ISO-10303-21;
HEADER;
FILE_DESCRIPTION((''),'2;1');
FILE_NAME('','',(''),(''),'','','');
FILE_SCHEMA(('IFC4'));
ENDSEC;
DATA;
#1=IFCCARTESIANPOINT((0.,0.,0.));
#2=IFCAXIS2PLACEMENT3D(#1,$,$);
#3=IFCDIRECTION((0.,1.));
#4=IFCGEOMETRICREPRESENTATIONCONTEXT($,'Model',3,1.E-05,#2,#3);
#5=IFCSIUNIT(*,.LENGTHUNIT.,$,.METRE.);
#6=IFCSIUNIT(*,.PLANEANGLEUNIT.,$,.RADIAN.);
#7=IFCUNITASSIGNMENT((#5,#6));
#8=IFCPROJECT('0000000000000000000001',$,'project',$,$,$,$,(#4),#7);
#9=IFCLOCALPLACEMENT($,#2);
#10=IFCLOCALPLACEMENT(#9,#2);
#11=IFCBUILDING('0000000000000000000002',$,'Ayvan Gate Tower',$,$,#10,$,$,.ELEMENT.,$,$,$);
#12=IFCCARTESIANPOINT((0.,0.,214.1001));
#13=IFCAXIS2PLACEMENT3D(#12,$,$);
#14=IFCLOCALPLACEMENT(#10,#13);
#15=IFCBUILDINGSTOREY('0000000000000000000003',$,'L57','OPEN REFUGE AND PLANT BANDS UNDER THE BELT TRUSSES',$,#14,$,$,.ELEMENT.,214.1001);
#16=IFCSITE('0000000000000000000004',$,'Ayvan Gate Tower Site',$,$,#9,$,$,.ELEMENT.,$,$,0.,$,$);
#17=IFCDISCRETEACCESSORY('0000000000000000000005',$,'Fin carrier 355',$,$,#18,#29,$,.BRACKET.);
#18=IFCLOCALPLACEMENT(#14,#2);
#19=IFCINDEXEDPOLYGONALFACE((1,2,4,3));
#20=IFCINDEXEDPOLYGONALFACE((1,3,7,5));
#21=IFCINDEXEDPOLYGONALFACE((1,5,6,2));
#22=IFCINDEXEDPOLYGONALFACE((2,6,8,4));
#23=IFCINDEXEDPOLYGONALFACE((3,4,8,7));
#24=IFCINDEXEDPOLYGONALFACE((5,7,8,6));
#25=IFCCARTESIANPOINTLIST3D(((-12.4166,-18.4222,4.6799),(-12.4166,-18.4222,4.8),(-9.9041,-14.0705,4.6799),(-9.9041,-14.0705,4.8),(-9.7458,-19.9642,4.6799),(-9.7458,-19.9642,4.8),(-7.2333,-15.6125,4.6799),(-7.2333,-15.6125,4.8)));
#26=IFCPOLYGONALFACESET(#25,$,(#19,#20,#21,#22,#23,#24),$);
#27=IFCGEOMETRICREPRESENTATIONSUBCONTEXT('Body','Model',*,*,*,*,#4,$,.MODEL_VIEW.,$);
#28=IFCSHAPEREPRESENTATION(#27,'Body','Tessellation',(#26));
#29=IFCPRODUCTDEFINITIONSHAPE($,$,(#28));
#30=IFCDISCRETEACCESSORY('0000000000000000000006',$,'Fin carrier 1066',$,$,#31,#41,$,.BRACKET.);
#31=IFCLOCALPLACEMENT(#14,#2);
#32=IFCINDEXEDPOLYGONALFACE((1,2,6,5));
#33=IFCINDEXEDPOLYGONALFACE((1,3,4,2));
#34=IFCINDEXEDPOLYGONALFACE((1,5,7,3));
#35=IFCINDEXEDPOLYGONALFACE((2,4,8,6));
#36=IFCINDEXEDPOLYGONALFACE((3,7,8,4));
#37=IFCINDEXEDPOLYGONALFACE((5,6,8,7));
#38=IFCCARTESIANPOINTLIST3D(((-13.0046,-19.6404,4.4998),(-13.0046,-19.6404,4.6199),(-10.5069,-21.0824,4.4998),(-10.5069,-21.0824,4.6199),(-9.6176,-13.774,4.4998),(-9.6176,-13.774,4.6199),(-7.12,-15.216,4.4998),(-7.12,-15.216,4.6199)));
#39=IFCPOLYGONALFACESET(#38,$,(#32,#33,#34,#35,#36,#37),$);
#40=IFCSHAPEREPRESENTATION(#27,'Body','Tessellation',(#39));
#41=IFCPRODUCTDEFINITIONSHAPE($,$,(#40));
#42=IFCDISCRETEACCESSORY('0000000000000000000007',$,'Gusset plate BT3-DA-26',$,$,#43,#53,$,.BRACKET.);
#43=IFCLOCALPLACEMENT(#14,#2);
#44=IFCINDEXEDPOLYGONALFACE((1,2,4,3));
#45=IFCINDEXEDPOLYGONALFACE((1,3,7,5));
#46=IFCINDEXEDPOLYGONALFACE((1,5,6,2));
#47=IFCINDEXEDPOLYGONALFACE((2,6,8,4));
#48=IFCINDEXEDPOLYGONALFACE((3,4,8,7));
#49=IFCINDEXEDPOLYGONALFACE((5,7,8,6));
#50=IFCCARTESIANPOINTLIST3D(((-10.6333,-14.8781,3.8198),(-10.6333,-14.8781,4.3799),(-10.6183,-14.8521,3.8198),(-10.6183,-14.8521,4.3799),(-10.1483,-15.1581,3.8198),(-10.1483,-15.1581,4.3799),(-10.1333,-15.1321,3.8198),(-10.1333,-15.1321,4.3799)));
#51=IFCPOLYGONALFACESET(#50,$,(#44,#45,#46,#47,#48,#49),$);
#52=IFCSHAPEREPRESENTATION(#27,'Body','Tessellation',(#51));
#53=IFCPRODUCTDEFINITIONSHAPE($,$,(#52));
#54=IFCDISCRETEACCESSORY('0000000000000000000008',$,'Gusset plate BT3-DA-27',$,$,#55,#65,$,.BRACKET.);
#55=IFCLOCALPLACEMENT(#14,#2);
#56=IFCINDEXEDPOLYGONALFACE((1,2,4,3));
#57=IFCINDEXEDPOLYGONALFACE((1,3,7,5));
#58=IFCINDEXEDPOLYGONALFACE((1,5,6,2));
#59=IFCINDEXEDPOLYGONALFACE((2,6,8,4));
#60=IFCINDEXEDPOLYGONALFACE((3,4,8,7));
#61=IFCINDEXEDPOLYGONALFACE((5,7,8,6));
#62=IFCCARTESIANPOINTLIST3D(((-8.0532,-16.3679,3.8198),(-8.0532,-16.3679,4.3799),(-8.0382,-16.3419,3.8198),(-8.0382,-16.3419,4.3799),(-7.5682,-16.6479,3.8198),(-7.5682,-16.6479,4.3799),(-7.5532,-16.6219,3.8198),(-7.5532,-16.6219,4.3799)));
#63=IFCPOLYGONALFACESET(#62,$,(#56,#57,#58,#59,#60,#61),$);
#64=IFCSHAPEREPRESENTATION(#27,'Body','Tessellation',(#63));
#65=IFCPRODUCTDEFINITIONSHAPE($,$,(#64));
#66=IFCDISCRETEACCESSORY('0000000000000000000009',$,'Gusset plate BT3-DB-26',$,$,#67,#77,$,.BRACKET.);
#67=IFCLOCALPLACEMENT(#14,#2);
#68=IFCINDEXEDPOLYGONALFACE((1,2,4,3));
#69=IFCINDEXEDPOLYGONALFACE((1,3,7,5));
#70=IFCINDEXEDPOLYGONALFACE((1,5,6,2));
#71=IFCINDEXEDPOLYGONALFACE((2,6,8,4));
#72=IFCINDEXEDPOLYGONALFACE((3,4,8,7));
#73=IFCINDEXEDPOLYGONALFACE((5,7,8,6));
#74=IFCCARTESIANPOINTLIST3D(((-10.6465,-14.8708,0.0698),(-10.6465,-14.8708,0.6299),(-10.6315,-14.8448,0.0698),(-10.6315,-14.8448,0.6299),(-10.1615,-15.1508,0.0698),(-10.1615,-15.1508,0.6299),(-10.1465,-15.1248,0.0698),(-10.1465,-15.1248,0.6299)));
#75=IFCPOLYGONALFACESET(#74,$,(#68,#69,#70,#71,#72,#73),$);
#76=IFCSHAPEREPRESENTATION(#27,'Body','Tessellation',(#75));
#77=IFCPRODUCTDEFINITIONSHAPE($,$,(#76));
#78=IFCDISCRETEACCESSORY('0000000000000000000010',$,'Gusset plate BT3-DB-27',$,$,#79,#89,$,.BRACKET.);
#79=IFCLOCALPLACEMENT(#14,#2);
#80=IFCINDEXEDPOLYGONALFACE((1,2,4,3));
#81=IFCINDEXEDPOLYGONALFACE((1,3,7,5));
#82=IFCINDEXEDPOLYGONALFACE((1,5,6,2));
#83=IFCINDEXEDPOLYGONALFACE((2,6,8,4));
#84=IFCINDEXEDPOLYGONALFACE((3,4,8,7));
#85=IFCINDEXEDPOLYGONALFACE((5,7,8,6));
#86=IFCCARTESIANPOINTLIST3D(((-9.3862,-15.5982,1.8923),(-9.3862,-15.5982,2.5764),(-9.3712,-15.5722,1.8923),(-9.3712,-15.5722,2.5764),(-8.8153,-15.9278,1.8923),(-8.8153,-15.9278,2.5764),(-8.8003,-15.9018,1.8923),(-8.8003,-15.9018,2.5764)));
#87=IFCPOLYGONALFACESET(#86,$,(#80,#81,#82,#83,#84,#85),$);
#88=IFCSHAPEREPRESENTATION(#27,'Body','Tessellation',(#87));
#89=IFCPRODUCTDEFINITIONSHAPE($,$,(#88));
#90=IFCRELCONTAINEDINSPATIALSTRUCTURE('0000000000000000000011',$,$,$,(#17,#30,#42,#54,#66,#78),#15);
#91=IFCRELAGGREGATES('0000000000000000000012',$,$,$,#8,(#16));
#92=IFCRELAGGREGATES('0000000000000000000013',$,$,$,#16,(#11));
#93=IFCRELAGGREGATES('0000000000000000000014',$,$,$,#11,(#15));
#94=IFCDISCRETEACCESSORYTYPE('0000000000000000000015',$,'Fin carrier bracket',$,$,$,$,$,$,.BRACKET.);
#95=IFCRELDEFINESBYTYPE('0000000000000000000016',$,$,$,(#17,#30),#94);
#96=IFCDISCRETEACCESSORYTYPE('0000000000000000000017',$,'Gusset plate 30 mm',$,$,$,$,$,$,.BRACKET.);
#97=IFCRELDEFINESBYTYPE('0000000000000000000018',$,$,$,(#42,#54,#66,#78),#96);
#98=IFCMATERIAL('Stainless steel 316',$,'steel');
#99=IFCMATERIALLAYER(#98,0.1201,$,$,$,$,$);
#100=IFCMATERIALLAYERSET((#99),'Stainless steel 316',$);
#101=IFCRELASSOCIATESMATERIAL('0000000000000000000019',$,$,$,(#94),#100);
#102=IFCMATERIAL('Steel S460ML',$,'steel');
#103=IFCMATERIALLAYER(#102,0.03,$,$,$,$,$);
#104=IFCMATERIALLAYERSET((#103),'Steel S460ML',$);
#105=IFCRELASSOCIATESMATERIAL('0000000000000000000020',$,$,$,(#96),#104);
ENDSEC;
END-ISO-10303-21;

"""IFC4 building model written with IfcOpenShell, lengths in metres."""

from ifc_helpers import new_model, si_unit, direction, frame, origin, origin_2d, place, context, subcontext, project, spatial, rectangle, extrude, material, layer, layer_set, type_object, element, save


model = new_model("IFC4")

# Units and contexts
model_context = context("Model", 3, precision=1e-05, world=origin(), true_north=direction((0.0, 1.0)))
body_context = subcontext(model_context, "Body", "Model", "MODEL_VIEW")
ifc_project = project(units=[si_unit("LENGTHUNIT", "METRE"), si_unit("PLANEANGLEUNIT", "RADIAN")], contexts=[model_context])

# Site, building, storey
site_placement = place(None, origin())
site = spatial("IfcSite", under=ifc_project, at=site_placement, Name="Ayvan Gate Tower Site", CompositionType="ELEMENT", RefElevation=0.0)
building_placement = place(site_placement, origin())
building = spatial("IfcBuilding", under=site, at=building_placement, Name="Ayvan Gate Tower", CompositionType="ELEMENT")
storey_placement = place(building_placement, frame((0.0, 0.0, 214.1001)))
storey = spatial("IfcBuildingStorey", under=building, at=storey_placement, Name="L57", Description="OPEN REFUGE AND PLANT BANDS UNDER THE BELT TRUSSES", CompositionType="ELEMENT", Elevation=214.1001)

# Shared definitions
ifc_material_1 = material(Name="Steel S460ML", Category="steel")

# Discrete accessories
ifc_material_2 = material(Name="Stainless steel 316", Category="steel")
ifc_layer_1 = layer(ifc_material_2, 0.1201)
ifc_layer_set_1 = layer_set([ifc_layer_1], Name="Stainless steel 316")
discrete_accessory_type_1 = type_object("IfcDiscreteAccessoryType", Name="Fin carrier bracket", PredefinedType="BRACKET", material=ifc_layer_set_1)
discrete_accessory_1_placement = place(storey_placement, frame((-9.825, -17.0173, 4.6799), z_axis=(0.0, 0.0, 1.0), x_axis=(0.866025, -0.5, 0.0)))
element("IfcDiscreteAccessory", 1, at=discrete_accessory_1_placement, inside=storey, type_object=discrete_accessory_type_1, Name="Fin carrier 355", PredefinedType="BRACKET", context=body_context, shape_type="SweptSolid", body=[
    extrude(rectangle(XDim=3.084, YDim=5.0249, at=origin_2d()), origin(), (0.0, 0.0, 1.0), 0.1201),
])
discrete_accessory_2_placement = place(storey_placement, frame((-10.0623, -17.4282, 4.4998), z_axis=(0.0, 0.0, 1.0), x_axis=(0.866025, -0.5, 0.0)))
element("IfcDiscreteAccessory", 2, at=discrete_accessory_2_placement, inside=storey, type_object=discrete_accessory_type_1, Name="Fin carrier 1066", PredefinedType="BRACKET", context=body_context, shape_type="SweptSolid", body=[
    extrude(rectangle(XDim=2.884, YDim=6.7739, at=origin_2d()), origin(), (0.0, 0.0, 1.0), 0.1201),
])
ifc_layer_2 = layer(ifc_material_1, 0.03)
ifc_layer_set_2 = layer_set([ifc_layer_2], Name="Steel S460ML")
discrete_accessory_type_2 = type_object("IfcDiscreteAccessoryType", Name="Gusset plate 30 mm", PredefinedType="BRACKET", material=ifc_layer_set_2)
for number, where, z_axis, x_axis, name in (
    (3, (-10.3833, -15.0051, 3.8198), (0.0, 0.0, 1.0), (-0.866025, 0.5, 0.0), "Gusset plate BT3-DA-26"),
    (4, (-7.8032, -16.4949, 3.8198), (0.0, 0.0, 1.0), (-0.866025, 0.5, 0.0), "Gusset plate BT3-DA-27"),
    (5, (-10.3965, -14.9978, 0.0698), (0.0, 0.0, 1.0), (-0.866025, 0.5, 0.0), "Gusset plate BT3-DB-26"),
):
    element("IfcDiscreteAccessory", number, at=place(storey_placement, frame(where, z_axis=z_axis, x_axis=x_axis)), inside=storey, type_object=discrete_accessory_type_2, Name=name, PredefinedType="BRACKET", context=body_context, shape_type="SweptSolid", body=[
        extrude(rectangle(XDim=0.5601, YDim=0.03, at=origin_2d()), origin(), (0.0, 0.0, 1.0), 0.5601),
    ])
discrete_accessory_3_placement = place(storey_placement, frame((-9.0933, -15.75, 1.8923), z_axis=(0.0, 0.0, 1.0), x_axis=(-0.866025, 0.5, 0.0)))
element("IfcDiscreteAccessory", 6, at=discrete_accessory_3_placement, inside=storey, type_object=discrete_accessory_type_2, Name="Gusset plate BT3-DB-27", PredefinedType="BRACKET", context=body_context, shape_type="SweptSolid", body=[
    extrude(rectangle(XDim=0.6592, YDim=0.03, at=origin_2d()), origin(), (0.0, 0.0, 1.0), 0.6841),
])

save(model, "model.ifc")
